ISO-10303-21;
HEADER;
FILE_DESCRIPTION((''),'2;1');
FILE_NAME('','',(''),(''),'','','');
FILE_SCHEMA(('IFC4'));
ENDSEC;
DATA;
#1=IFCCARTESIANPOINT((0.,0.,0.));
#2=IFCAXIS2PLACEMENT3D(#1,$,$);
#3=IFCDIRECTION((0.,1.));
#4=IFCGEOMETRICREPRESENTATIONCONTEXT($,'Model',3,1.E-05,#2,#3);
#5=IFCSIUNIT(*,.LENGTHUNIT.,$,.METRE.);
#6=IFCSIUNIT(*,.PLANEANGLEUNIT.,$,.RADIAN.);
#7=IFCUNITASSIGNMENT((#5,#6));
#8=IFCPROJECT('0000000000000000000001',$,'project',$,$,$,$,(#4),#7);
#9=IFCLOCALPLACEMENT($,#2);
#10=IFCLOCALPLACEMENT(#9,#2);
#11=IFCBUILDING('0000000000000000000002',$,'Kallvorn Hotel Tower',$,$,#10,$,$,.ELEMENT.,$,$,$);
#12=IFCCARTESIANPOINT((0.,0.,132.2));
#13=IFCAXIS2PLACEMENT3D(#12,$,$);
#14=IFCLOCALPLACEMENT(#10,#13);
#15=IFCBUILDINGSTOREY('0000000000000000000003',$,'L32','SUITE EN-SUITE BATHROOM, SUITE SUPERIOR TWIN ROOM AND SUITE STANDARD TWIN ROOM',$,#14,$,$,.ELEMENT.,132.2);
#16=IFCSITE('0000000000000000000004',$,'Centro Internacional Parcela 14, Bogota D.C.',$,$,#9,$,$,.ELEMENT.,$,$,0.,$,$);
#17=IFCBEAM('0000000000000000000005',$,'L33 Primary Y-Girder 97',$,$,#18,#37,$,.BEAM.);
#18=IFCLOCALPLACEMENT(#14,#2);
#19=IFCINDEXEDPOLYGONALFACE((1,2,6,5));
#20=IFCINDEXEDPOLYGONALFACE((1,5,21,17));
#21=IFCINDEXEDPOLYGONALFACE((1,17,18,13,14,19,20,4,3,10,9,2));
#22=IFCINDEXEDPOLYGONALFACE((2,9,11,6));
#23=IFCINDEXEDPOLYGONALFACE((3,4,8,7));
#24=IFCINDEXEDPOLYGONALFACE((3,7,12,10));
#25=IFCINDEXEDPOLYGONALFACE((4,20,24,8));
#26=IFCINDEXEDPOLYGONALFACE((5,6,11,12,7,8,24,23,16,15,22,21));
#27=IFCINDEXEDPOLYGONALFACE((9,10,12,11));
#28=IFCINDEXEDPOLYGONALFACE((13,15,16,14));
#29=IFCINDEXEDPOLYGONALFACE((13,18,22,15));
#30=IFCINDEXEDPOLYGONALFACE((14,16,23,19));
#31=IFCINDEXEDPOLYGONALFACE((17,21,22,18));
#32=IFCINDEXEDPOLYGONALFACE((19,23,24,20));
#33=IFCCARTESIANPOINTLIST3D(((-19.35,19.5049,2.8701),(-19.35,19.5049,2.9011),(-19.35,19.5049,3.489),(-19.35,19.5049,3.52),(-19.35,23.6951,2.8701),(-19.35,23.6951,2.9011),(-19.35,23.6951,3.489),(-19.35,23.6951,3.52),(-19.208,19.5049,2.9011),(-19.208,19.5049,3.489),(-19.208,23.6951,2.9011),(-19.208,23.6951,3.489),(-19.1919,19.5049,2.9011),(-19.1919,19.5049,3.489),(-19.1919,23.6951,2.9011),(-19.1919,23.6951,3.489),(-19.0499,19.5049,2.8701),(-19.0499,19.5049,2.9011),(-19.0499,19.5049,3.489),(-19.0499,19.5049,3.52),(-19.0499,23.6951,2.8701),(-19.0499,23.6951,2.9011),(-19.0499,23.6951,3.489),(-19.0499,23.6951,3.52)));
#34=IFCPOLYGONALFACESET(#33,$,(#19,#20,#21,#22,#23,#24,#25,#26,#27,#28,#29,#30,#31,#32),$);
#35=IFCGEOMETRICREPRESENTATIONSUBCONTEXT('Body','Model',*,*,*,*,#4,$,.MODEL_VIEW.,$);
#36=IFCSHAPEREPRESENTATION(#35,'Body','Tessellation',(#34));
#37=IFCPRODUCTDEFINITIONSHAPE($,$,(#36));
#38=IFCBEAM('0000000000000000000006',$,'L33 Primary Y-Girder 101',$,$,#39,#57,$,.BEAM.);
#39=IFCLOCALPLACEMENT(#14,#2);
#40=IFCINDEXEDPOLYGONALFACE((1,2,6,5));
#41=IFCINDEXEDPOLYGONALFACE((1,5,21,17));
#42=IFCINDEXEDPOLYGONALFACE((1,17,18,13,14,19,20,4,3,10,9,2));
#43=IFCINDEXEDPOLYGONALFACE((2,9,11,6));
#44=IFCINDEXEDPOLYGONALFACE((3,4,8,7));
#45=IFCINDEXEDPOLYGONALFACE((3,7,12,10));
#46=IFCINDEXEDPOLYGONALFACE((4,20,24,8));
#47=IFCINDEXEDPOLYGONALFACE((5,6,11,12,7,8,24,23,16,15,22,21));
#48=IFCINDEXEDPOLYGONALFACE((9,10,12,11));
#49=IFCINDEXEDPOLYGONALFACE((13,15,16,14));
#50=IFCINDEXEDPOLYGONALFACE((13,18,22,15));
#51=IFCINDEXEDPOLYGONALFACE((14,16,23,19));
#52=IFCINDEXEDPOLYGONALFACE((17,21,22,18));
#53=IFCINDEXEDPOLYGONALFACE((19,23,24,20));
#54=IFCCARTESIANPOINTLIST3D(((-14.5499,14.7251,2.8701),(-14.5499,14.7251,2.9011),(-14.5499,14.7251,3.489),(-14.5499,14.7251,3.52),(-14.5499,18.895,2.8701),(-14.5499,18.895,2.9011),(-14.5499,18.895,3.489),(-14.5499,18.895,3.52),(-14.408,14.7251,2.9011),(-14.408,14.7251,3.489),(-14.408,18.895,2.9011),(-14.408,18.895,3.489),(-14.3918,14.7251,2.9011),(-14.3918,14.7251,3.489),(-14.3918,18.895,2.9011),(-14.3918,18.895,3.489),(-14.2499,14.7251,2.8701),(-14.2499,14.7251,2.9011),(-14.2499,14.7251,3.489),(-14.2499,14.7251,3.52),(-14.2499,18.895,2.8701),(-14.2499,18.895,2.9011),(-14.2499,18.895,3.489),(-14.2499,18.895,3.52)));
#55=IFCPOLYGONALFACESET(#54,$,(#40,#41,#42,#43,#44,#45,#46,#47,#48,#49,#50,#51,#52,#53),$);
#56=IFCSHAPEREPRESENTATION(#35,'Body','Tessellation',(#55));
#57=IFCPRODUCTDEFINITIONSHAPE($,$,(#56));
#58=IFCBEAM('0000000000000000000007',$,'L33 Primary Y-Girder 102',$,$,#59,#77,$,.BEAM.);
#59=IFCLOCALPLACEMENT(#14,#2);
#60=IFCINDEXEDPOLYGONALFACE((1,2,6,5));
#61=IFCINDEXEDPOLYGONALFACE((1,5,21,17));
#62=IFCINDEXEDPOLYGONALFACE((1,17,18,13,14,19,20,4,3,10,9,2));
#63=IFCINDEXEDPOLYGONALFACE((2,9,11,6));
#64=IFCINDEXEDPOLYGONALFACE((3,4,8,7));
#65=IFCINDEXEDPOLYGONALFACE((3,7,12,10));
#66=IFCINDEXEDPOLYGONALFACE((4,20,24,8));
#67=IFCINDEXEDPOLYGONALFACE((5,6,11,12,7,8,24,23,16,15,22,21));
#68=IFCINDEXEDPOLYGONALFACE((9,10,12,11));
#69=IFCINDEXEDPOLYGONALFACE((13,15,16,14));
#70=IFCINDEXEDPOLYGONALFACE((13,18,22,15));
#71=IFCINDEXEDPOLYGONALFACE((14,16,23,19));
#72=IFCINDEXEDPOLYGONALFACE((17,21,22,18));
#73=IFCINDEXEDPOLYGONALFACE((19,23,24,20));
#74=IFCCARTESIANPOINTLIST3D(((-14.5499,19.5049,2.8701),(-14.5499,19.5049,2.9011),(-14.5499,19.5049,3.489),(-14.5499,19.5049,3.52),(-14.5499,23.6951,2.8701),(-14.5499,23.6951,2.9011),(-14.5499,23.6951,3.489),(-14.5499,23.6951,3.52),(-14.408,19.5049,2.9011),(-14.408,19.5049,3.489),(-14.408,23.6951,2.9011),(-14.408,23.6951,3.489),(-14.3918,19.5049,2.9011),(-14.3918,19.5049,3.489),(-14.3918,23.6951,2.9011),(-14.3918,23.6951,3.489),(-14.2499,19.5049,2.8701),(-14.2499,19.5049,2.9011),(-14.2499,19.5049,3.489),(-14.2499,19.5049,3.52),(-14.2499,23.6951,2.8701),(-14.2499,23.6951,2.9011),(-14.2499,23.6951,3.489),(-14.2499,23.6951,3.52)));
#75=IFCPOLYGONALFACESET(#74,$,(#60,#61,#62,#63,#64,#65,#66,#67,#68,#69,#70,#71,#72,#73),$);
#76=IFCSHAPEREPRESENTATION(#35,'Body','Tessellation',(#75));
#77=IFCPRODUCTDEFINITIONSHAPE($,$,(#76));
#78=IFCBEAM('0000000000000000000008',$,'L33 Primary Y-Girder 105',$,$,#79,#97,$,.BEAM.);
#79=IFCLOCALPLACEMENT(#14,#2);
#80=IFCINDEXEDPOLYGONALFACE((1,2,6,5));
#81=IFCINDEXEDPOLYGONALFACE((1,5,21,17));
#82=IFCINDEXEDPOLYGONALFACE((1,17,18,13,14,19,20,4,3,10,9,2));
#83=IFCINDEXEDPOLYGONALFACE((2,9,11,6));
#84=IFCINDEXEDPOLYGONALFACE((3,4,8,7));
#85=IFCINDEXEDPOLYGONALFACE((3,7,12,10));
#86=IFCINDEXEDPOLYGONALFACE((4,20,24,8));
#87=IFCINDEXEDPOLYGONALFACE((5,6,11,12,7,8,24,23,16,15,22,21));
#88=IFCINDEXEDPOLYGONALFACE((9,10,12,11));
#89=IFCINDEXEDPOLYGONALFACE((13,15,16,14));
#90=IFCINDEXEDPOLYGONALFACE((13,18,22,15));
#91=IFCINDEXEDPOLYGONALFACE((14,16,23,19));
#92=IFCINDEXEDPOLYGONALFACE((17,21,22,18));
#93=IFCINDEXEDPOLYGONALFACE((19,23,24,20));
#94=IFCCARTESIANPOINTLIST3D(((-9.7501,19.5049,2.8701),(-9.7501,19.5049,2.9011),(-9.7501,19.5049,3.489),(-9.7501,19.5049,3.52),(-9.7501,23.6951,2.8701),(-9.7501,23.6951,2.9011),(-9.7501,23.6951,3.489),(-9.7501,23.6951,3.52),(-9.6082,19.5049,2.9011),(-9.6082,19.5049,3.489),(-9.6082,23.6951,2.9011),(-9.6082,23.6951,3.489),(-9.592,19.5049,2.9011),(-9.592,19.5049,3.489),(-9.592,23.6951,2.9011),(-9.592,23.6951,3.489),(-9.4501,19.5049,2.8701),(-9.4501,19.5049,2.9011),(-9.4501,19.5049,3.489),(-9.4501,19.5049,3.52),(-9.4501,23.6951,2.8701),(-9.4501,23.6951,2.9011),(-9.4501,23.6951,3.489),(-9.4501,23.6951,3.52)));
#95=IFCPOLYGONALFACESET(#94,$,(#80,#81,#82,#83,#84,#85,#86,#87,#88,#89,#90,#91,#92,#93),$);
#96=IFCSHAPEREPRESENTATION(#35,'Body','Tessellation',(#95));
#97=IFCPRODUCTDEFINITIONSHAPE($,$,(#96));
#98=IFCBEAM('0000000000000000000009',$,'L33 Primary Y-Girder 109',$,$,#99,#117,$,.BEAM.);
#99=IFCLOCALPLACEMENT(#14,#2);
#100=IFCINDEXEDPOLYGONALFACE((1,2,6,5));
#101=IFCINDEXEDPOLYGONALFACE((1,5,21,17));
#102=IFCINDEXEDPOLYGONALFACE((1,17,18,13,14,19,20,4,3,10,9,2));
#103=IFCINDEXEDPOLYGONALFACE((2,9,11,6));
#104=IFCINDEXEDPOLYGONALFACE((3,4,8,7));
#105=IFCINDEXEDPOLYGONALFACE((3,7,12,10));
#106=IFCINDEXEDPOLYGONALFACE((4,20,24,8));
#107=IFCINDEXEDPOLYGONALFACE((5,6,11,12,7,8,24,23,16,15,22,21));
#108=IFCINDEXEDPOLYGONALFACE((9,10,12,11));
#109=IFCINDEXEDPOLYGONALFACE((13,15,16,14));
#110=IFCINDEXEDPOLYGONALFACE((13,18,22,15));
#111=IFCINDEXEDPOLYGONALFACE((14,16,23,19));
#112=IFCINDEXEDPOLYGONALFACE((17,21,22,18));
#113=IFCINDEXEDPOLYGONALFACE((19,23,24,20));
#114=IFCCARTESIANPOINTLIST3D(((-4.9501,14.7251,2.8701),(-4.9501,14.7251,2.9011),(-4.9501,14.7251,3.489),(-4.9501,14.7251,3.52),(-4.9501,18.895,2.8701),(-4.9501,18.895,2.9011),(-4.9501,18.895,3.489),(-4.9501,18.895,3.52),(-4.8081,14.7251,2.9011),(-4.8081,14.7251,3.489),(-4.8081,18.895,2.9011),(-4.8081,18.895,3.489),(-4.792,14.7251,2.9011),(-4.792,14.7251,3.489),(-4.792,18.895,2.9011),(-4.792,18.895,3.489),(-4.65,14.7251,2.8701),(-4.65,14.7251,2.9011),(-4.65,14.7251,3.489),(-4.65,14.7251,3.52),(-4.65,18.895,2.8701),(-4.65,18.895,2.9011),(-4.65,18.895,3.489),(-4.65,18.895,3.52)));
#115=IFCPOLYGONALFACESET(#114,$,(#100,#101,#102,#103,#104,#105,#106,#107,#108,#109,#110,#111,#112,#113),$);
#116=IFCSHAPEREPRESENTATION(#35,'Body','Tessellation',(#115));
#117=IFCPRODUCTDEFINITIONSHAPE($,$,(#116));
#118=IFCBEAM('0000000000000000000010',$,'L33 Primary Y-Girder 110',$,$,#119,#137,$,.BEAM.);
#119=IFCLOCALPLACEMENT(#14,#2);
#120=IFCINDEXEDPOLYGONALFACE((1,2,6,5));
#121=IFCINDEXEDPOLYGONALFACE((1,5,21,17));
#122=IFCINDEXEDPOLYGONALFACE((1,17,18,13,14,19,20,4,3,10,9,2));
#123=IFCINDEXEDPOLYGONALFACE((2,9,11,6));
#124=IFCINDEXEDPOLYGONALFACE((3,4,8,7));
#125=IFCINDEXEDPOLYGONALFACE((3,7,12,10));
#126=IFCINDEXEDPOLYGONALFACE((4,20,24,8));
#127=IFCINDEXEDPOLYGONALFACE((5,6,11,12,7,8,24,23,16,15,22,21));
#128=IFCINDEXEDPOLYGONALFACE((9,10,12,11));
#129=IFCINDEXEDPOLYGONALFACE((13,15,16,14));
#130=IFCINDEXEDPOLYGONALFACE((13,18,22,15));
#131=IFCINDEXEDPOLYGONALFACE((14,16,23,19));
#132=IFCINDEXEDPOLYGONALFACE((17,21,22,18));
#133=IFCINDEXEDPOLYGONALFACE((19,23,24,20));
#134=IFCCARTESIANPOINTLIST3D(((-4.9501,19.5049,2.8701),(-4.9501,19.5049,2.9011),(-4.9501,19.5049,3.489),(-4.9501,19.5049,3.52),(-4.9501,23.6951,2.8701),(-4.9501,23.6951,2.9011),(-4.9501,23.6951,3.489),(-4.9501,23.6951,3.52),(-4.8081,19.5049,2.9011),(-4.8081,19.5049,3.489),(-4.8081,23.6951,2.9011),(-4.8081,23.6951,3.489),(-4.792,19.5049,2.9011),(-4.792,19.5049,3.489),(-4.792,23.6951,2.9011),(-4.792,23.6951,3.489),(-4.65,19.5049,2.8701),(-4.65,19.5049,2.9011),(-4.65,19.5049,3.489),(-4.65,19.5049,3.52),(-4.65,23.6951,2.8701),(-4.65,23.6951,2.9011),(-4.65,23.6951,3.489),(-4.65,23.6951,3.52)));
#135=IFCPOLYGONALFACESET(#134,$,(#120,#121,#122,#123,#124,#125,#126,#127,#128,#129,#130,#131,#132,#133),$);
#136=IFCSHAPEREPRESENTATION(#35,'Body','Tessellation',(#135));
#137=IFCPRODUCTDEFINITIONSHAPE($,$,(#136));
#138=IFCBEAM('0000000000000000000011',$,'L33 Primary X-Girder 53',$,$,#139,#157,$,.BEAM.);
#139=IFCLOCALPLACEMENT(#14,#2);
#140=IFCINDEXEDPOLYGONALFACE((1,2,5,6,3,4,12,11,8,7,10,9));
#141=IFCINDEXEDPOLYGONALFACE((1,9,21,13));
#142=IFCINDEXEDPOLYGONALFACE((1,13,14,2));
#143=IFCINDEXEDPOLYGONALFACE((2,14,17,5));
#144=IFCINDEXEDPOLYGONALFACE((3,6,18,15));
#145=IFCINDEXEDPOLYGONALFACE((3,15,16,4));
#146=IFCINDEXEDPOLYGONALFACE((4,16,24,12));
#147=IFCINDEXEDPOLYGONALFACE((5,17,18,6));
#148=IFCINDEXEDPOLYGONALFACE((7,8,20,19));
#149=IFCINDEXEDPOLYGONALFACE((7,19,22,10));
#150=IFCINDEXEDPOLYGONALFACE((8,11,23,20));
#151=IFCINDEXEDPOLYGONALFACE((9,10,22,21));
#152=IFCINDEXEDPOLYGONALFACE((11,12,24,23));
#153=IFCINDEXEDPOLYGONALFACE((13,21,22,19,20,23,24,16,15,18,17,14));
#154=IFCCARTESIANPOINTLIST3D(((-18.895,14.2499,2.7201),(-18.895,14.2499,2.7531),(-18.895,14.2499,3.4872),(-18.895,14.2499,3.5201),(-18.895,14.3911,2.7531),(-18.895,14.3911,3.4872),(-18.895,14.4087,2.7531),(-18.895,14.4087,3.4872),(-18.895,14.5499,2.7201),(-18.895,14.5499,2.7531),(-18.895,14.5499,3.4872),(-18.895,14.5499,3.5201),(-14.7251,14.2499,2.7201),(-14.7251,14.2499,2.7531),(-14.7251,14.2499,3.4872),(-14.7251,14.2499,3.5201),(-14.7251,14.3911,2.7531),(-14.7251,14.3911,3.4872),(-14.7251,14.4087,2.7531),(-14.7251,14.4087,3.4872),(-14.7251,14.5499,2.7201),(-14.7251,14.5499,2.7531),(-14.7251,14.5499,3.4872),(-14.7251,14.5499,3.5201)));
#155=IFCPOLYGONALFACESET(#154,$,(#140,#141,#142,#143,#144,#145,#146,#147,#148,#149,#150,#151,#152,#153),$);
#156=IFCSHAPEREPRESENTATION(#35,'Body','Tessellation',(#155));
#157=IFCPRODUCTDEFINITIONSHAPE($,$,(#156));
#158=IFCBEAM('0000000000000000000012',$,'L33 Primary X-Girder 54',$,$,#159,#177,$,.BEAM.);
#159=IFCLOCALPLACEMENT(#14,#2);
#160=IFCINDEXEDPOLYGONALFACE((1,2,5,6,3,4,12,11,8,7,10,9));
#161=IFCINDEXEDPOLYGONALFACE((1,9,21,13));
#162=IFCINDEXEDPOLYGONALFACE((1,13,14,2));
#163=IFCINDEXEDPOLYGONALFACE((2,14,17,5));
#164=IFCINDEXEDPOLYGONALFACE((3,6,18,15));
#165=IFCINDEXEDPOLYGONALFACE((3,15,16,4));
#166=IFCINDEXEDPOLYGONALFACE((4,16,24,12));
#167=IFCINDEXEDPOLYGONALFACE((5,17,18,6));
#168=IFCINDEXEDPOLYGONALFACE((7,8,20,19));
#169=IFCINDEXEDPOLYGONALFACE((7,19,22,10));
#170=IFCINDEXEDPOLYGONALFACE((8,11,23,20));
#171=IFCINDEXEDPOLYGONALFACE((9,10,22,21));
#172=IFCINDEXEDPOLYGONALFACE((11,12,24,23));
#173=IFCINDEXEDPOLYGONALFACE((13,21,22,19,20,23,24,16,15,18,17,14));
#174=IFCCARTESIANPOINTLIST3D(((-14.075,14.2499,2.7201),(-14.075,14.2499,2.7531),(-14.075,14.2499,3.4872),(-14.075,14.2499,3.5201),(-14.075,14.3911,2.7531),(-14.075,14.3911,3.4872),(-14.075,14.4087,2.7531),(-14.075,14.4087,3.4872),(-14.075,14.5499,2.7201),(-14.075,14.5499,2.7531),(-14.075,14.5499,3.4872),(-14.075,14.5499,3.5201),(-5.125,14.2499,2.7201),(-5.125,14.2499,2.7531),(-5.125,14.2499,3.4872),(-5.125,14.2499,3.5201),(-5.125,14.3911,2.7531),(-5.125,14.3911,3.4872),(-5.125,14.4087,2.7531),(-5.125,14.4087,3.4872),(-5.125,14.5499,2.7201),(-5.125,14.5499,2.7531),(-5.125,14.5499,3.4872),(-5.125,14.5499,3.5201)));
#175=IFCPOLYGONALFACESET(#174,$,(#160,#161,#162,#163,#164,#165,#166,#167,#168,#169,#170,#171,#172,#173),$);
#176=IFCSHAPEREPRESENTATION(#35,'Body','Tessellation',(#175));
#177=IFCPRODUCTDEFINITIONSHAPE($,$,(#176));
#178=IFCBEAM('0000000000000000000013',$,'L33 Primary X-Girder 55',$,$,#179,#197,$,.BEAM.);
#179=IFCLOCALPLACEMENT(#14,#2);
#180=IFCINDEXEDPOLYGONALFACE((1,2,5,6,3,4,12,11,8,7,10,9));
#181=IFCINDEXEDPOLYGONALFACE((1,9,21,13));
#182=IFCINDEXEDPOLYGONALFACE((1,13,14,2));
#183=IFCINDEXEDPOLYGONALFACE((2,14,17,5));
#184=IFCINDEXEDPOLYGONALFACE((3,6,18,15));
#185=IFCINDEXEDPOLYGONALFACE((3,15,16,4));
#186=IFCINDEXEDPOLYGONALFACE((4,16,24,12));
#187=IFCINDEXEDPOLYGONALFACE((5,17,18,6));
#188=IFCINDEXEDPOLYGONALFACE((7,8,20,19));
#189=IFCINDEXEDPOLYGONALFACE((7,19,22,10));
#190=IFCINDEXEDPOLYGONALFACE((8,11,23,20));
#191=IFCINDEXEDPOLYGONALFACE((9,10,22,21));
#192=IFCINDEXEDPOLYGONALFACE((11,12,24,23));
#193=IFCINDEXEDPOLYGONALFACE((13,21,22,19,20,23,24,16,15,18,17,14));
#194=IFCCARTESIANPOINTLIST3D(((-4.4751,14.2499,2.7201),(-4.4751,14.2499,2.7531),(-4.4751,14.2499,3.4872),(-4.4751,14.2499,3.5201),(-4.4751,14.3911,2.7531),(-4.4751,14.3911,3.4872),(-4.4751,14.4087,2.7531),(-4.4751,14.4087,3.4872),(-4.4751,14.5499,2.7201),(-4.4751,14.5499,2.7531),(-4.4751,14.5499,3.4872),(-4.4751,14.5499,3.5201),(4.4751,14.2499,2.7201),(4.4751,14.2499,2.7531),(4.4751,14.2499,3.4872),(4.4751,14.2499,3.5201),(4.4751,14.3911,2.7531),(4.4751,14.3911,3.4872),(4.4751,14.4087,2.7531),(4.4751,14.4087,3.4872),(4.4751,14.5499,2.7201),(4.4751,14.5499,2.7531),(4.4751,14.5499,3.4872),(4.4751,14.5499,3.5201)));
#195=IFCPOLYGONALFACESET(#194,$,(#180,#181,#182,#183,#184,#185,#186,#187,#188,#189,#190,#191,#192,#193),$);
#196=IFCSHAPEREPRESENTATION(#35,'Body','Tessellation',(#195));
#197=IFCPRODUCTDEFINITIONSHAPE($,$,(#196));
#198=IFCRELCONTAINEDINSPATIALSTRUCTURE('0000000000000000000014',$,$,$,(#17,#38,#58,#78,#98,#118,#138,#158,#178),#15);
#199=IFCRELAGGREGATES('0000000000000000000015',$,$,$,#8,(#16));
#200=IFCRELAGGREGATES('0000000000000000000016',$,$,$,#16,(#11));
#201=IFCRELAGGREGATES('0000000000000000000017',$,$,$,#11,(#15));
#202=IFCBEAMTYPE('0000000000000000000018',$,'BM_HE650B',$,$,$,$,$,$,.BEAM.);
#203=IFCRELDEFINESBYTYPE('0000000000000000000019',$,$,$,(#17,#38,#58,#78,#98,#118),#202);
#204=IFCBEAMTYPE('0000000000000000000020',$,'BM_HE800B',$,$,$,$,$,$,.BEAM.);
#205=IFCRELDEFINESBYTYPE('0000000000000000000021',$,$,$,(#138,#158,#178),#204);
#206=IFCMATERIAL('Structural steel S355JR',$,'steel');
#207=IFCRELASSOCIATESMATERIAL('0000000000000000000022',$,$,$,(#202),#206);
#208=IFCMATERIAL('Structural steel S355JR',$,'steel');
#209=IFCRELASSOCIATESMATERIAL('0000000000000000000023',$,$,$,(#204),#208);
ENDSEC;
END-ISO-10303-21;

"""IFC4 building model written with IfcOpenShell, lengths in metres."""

from ifc_helpers import new_model, si_unit, direction, frame, origin, origin_2d, place, context, subcontext, project, spatial, i_section, extrude, material, material_profile, profile_set, type_object, element, save


model = new_model("IFC4")

# Units and contexts
model_context = context("Model", 3, precision=1e-05, world=origin(), true_north=direction((0.0, 1.0)))
body_context = subcontext(model_context, "Body", "Model", "MODEL_VIEW")
ifc_project = project(units=[si_unit("LENGTHUNIT", "METRE"), si_unit("PLANEANGLEUNIT", "RADIAN")], contexts=[model_context])

# Site, building, storey
site_placement = place(None, origin())
site = spatial("IfcSite", under=ifc_project, at=site_placement, Name="Centro Internacional Parcela 14, Bogota D.C.", CompositionType="ELEMENT", RefElevation=0.0)
building_placement = place(site_placement, origin())
building = spatial("IfcBuilding", under=site, at=building_placement, Name="Kallvorn Hotel Tower", CompositionType="ELEMENT")
storey_placement = place(building_placement, frame((0.0, 0.0, 132.2)))
storey = spatial("IfcBuildingStorey", under=building, at=storey_placement, Name="L32", Description="SUITE EN-SUITE BATHROOM, SUITE SUPERIOR TWIN ROOM AND SUITE STANDARD TWIN ROOM", CompositionType="ELEMENT", Elevation=132.2)

# Beams
ifc_material_1 = material(Name="Structural steel S355JR", Category="steel")
ifc_material_profile_1 = material_profile(ifc_material_1, i_section(OverallWidth=0.3, OverallDepth=0.6499, WebThickness=0.0161, FlangeThickness=0.031, at=origin_2d()), Name="HE 650 B")
ifc_profile_set_1 = profile_set([ifc_material_profile_1], Name="Structural steel S355JR")
beam_type_1 = type_object("IfcBeamType", Name="BM_HE650B", PredefinedType="BEAM", material=ifc_profile_set_1)
beam_1_placement = place(storey_placement, frame((-19.2, 19.5049, 3.1951), z_axis=(0.0, 1.0, 0.0), x_axis=(-1.0, 0.0, 0.0)))
element("IfcBeam", 1, at=beam_1_placement, inside=storey, type_object=beam_type_1, Name="L33 Primary Y-Girder 97", PredefinedType="BEAM", context=body_context, shape_type="SweptSolid", body=[
    extrude(i_section(OverallWidth=0.3, OverallDepth=0.6499, WebThickness=0.0161, FlangeThickness=0.031, at=origin_2d()), origin(), (0.0, 0.0, 1.0), 4.1902),
])
beam_2_placement = place(storey_placement, frame((-14.3999, 14.7251, 3.1951), z_axis=(0.0, 1.0, 0.0), x_axis=(-1.0, 0.0, 0.0)))
element("IfcBeam", 2, at=beam_2_placement, inside=storey, type_object=beam_type_1, Name="L33 Primary Y-Girder 101", PredefinedType="BEAM", context=body_context, shape_type="SweptSolid", body=[
    extrude(i_section(OverallWidth=0.3, OverallDepth=0.6499, WebThickness=0.0161, FlangeThickness=0.031, at=origin_2d()), origin(), (0.0, 0.0, 1.0), 4.1699),
])
for number, where, z_axis, x_axis, name in (
    (3, (-14.3999, 19.5049, 3.1951), (0.0, 1.0, 0.0), (-1.0, 0.0, 0.0), "L33 Primary Y-Girder 102"),
    (4, (-9.6001, 19.5049, 3.1951), (0.0, 1.0, 0.0), (-1.0, 0.0, 0.0), "L33 Primary Y-Girder 105"),
):
    element("IfcBeam", number, at=place(storey_placement, frame(where, z_axis=z_axis, x_axis=x_axis)), inside=storey, type_object=beam_type_1, Name=name, PredefinedType="BEAM", context=body_context, shape_type="SweptSolid", body=[
        extrude(i_section(OverallWidth=0.3, OverallDepth=0.6499, WebThickness=0.0161, FlangeThickness=0.031, at=origin_2d()), origin(), (0.0, 0.0, 1.0), 4.1902),
    ])
beam_3_placement = place(storey_placement, frame((-4.8, 14.7251, 3.1951), z_axis=(0.0, 1.0, 0.0), x_axis=(-1.0, 0.0, 0.0)))
element("IfcBeam", 5, at=beam_3_placement, inside=storey, type_object=beam_type_1, Name="L33 Primary Y-Girder 109", PredefinedType="BEAM", context=body_context, shape_type="SweptSolid", body=[
    extrude(i_section(OverallWidth=0.3, OverallDepth=0.6499, WebThickness=0.0161, FlangeThickness=0.031, at=origin_2d()), origin(), (0.0, 0.0, 1.0), 4.1699),
])
beam_4_placement = place(storey_placement, frame((-4.8, 19.5049, 3.1951), z_axis=(0.0, 1.0, 0.0), x_axis=(-1.0, 0.0, 0.0)))
element("IfcBeam", 6, at=beam_4_placement, inside=storey, type_object=beam_type_1, Name="L33 Primary Y-Girder 110", PredefinedType="BEAM", context=body_context, shape_type="SweptSolid", body=[
    extrude(i_section(OverallWidth=0.3, OverallDepth=0.6499, WebThickness=0.0161, FlangeThickness=0.031, at=origin_2d()), origin(), (0.0, 0.0, 1.0), 4.1902),
])
ifc_material_2 = material(Name="Structural steel S355JR", Category="steel")
ifc_material_profile_2 = material_profile(ifc_material_2, i_section(OverallWidth=0.3, OverallDepth=0.8, WebThickness=0.0176, FlangeThickness=0.033, at=origin_2d()), Name="HE 800 B")
ifc_profile_set_2 = profile_set([ifc_material_profile_2], Name="Structural steel S355JR")
beam_type_2 = type_object("IfcBeamType", Name="BM_HE800B", PredefinedType="BEAM", material=ifc_profile_set_2)
beam_5_placement = place(storey_placement, frame((-18.895, 14.3999, 3.1201), z_axis=(1.0, 0.0, 0.0), x_axis=(0.0, 1.0, 0.0)))
element("IfcBeam", 7, at=beam_5_placement, inside=storey, type_object=beam_type_2, Name="L33 Primary X-Girder 53", PredefinedType="BEAM", context=body_context, shape_type="SweptSolid", body=[
    extrude(i_section(OverallWidth=0.3, OverallDepth=0.8, WebThickness=0.0176, FlangeThickness=0.033, at=origin_2d()), origin(), (0.0, 0.0, 1.0), 4.1699),
])
beam_6_placement = place(storey_placement, frame((-14.075, 14.3999, 3.1201), z_axis=(1.0, 0.0, 0.0), x_axis=(0.0, 1.0, 0.0)))
element("IfcBeam", 8, at=beam_6_placement, inside=storey, type_object=beam_type_2, Name="L33 Primary X-Girder 54", PredefinedType="BEAM", context=body_context, shape_type="SweptSolid", body=[
    extrude(i_section(OverallWidth=0.3, OverallDepth=0.8, WebThickness=0.0176, FlangeThickness=0.033, at=origin_2d()), origin(), (0.0, 0.0, 1.0), 8.95),
])
beam_7_placement = place(storey_placement, frame((-4.4751, 14.3999, 3.1201), z_axis=(1.0, 0.0, 0.0), x_axis=(0.0, 1.0, 0.0)))
element("IfcBeam", 9, at=beam_7_placement, inside=storey, type_object=beam_type_2, Name="L33 Primary X-Girder 55", PredefinedType="BEAM", context=body_context, shape_type="SweptSolid", body=[
    extrude(i_section(OverallWidth=0.3, OverallDepth=0.8, WebThickness=0.0176, FlangeThickness=0.033, at=origin_2d()), origin(), (0.0, 0.0, 1.0), 8.9502),
])

save(model, "model.ifc")
